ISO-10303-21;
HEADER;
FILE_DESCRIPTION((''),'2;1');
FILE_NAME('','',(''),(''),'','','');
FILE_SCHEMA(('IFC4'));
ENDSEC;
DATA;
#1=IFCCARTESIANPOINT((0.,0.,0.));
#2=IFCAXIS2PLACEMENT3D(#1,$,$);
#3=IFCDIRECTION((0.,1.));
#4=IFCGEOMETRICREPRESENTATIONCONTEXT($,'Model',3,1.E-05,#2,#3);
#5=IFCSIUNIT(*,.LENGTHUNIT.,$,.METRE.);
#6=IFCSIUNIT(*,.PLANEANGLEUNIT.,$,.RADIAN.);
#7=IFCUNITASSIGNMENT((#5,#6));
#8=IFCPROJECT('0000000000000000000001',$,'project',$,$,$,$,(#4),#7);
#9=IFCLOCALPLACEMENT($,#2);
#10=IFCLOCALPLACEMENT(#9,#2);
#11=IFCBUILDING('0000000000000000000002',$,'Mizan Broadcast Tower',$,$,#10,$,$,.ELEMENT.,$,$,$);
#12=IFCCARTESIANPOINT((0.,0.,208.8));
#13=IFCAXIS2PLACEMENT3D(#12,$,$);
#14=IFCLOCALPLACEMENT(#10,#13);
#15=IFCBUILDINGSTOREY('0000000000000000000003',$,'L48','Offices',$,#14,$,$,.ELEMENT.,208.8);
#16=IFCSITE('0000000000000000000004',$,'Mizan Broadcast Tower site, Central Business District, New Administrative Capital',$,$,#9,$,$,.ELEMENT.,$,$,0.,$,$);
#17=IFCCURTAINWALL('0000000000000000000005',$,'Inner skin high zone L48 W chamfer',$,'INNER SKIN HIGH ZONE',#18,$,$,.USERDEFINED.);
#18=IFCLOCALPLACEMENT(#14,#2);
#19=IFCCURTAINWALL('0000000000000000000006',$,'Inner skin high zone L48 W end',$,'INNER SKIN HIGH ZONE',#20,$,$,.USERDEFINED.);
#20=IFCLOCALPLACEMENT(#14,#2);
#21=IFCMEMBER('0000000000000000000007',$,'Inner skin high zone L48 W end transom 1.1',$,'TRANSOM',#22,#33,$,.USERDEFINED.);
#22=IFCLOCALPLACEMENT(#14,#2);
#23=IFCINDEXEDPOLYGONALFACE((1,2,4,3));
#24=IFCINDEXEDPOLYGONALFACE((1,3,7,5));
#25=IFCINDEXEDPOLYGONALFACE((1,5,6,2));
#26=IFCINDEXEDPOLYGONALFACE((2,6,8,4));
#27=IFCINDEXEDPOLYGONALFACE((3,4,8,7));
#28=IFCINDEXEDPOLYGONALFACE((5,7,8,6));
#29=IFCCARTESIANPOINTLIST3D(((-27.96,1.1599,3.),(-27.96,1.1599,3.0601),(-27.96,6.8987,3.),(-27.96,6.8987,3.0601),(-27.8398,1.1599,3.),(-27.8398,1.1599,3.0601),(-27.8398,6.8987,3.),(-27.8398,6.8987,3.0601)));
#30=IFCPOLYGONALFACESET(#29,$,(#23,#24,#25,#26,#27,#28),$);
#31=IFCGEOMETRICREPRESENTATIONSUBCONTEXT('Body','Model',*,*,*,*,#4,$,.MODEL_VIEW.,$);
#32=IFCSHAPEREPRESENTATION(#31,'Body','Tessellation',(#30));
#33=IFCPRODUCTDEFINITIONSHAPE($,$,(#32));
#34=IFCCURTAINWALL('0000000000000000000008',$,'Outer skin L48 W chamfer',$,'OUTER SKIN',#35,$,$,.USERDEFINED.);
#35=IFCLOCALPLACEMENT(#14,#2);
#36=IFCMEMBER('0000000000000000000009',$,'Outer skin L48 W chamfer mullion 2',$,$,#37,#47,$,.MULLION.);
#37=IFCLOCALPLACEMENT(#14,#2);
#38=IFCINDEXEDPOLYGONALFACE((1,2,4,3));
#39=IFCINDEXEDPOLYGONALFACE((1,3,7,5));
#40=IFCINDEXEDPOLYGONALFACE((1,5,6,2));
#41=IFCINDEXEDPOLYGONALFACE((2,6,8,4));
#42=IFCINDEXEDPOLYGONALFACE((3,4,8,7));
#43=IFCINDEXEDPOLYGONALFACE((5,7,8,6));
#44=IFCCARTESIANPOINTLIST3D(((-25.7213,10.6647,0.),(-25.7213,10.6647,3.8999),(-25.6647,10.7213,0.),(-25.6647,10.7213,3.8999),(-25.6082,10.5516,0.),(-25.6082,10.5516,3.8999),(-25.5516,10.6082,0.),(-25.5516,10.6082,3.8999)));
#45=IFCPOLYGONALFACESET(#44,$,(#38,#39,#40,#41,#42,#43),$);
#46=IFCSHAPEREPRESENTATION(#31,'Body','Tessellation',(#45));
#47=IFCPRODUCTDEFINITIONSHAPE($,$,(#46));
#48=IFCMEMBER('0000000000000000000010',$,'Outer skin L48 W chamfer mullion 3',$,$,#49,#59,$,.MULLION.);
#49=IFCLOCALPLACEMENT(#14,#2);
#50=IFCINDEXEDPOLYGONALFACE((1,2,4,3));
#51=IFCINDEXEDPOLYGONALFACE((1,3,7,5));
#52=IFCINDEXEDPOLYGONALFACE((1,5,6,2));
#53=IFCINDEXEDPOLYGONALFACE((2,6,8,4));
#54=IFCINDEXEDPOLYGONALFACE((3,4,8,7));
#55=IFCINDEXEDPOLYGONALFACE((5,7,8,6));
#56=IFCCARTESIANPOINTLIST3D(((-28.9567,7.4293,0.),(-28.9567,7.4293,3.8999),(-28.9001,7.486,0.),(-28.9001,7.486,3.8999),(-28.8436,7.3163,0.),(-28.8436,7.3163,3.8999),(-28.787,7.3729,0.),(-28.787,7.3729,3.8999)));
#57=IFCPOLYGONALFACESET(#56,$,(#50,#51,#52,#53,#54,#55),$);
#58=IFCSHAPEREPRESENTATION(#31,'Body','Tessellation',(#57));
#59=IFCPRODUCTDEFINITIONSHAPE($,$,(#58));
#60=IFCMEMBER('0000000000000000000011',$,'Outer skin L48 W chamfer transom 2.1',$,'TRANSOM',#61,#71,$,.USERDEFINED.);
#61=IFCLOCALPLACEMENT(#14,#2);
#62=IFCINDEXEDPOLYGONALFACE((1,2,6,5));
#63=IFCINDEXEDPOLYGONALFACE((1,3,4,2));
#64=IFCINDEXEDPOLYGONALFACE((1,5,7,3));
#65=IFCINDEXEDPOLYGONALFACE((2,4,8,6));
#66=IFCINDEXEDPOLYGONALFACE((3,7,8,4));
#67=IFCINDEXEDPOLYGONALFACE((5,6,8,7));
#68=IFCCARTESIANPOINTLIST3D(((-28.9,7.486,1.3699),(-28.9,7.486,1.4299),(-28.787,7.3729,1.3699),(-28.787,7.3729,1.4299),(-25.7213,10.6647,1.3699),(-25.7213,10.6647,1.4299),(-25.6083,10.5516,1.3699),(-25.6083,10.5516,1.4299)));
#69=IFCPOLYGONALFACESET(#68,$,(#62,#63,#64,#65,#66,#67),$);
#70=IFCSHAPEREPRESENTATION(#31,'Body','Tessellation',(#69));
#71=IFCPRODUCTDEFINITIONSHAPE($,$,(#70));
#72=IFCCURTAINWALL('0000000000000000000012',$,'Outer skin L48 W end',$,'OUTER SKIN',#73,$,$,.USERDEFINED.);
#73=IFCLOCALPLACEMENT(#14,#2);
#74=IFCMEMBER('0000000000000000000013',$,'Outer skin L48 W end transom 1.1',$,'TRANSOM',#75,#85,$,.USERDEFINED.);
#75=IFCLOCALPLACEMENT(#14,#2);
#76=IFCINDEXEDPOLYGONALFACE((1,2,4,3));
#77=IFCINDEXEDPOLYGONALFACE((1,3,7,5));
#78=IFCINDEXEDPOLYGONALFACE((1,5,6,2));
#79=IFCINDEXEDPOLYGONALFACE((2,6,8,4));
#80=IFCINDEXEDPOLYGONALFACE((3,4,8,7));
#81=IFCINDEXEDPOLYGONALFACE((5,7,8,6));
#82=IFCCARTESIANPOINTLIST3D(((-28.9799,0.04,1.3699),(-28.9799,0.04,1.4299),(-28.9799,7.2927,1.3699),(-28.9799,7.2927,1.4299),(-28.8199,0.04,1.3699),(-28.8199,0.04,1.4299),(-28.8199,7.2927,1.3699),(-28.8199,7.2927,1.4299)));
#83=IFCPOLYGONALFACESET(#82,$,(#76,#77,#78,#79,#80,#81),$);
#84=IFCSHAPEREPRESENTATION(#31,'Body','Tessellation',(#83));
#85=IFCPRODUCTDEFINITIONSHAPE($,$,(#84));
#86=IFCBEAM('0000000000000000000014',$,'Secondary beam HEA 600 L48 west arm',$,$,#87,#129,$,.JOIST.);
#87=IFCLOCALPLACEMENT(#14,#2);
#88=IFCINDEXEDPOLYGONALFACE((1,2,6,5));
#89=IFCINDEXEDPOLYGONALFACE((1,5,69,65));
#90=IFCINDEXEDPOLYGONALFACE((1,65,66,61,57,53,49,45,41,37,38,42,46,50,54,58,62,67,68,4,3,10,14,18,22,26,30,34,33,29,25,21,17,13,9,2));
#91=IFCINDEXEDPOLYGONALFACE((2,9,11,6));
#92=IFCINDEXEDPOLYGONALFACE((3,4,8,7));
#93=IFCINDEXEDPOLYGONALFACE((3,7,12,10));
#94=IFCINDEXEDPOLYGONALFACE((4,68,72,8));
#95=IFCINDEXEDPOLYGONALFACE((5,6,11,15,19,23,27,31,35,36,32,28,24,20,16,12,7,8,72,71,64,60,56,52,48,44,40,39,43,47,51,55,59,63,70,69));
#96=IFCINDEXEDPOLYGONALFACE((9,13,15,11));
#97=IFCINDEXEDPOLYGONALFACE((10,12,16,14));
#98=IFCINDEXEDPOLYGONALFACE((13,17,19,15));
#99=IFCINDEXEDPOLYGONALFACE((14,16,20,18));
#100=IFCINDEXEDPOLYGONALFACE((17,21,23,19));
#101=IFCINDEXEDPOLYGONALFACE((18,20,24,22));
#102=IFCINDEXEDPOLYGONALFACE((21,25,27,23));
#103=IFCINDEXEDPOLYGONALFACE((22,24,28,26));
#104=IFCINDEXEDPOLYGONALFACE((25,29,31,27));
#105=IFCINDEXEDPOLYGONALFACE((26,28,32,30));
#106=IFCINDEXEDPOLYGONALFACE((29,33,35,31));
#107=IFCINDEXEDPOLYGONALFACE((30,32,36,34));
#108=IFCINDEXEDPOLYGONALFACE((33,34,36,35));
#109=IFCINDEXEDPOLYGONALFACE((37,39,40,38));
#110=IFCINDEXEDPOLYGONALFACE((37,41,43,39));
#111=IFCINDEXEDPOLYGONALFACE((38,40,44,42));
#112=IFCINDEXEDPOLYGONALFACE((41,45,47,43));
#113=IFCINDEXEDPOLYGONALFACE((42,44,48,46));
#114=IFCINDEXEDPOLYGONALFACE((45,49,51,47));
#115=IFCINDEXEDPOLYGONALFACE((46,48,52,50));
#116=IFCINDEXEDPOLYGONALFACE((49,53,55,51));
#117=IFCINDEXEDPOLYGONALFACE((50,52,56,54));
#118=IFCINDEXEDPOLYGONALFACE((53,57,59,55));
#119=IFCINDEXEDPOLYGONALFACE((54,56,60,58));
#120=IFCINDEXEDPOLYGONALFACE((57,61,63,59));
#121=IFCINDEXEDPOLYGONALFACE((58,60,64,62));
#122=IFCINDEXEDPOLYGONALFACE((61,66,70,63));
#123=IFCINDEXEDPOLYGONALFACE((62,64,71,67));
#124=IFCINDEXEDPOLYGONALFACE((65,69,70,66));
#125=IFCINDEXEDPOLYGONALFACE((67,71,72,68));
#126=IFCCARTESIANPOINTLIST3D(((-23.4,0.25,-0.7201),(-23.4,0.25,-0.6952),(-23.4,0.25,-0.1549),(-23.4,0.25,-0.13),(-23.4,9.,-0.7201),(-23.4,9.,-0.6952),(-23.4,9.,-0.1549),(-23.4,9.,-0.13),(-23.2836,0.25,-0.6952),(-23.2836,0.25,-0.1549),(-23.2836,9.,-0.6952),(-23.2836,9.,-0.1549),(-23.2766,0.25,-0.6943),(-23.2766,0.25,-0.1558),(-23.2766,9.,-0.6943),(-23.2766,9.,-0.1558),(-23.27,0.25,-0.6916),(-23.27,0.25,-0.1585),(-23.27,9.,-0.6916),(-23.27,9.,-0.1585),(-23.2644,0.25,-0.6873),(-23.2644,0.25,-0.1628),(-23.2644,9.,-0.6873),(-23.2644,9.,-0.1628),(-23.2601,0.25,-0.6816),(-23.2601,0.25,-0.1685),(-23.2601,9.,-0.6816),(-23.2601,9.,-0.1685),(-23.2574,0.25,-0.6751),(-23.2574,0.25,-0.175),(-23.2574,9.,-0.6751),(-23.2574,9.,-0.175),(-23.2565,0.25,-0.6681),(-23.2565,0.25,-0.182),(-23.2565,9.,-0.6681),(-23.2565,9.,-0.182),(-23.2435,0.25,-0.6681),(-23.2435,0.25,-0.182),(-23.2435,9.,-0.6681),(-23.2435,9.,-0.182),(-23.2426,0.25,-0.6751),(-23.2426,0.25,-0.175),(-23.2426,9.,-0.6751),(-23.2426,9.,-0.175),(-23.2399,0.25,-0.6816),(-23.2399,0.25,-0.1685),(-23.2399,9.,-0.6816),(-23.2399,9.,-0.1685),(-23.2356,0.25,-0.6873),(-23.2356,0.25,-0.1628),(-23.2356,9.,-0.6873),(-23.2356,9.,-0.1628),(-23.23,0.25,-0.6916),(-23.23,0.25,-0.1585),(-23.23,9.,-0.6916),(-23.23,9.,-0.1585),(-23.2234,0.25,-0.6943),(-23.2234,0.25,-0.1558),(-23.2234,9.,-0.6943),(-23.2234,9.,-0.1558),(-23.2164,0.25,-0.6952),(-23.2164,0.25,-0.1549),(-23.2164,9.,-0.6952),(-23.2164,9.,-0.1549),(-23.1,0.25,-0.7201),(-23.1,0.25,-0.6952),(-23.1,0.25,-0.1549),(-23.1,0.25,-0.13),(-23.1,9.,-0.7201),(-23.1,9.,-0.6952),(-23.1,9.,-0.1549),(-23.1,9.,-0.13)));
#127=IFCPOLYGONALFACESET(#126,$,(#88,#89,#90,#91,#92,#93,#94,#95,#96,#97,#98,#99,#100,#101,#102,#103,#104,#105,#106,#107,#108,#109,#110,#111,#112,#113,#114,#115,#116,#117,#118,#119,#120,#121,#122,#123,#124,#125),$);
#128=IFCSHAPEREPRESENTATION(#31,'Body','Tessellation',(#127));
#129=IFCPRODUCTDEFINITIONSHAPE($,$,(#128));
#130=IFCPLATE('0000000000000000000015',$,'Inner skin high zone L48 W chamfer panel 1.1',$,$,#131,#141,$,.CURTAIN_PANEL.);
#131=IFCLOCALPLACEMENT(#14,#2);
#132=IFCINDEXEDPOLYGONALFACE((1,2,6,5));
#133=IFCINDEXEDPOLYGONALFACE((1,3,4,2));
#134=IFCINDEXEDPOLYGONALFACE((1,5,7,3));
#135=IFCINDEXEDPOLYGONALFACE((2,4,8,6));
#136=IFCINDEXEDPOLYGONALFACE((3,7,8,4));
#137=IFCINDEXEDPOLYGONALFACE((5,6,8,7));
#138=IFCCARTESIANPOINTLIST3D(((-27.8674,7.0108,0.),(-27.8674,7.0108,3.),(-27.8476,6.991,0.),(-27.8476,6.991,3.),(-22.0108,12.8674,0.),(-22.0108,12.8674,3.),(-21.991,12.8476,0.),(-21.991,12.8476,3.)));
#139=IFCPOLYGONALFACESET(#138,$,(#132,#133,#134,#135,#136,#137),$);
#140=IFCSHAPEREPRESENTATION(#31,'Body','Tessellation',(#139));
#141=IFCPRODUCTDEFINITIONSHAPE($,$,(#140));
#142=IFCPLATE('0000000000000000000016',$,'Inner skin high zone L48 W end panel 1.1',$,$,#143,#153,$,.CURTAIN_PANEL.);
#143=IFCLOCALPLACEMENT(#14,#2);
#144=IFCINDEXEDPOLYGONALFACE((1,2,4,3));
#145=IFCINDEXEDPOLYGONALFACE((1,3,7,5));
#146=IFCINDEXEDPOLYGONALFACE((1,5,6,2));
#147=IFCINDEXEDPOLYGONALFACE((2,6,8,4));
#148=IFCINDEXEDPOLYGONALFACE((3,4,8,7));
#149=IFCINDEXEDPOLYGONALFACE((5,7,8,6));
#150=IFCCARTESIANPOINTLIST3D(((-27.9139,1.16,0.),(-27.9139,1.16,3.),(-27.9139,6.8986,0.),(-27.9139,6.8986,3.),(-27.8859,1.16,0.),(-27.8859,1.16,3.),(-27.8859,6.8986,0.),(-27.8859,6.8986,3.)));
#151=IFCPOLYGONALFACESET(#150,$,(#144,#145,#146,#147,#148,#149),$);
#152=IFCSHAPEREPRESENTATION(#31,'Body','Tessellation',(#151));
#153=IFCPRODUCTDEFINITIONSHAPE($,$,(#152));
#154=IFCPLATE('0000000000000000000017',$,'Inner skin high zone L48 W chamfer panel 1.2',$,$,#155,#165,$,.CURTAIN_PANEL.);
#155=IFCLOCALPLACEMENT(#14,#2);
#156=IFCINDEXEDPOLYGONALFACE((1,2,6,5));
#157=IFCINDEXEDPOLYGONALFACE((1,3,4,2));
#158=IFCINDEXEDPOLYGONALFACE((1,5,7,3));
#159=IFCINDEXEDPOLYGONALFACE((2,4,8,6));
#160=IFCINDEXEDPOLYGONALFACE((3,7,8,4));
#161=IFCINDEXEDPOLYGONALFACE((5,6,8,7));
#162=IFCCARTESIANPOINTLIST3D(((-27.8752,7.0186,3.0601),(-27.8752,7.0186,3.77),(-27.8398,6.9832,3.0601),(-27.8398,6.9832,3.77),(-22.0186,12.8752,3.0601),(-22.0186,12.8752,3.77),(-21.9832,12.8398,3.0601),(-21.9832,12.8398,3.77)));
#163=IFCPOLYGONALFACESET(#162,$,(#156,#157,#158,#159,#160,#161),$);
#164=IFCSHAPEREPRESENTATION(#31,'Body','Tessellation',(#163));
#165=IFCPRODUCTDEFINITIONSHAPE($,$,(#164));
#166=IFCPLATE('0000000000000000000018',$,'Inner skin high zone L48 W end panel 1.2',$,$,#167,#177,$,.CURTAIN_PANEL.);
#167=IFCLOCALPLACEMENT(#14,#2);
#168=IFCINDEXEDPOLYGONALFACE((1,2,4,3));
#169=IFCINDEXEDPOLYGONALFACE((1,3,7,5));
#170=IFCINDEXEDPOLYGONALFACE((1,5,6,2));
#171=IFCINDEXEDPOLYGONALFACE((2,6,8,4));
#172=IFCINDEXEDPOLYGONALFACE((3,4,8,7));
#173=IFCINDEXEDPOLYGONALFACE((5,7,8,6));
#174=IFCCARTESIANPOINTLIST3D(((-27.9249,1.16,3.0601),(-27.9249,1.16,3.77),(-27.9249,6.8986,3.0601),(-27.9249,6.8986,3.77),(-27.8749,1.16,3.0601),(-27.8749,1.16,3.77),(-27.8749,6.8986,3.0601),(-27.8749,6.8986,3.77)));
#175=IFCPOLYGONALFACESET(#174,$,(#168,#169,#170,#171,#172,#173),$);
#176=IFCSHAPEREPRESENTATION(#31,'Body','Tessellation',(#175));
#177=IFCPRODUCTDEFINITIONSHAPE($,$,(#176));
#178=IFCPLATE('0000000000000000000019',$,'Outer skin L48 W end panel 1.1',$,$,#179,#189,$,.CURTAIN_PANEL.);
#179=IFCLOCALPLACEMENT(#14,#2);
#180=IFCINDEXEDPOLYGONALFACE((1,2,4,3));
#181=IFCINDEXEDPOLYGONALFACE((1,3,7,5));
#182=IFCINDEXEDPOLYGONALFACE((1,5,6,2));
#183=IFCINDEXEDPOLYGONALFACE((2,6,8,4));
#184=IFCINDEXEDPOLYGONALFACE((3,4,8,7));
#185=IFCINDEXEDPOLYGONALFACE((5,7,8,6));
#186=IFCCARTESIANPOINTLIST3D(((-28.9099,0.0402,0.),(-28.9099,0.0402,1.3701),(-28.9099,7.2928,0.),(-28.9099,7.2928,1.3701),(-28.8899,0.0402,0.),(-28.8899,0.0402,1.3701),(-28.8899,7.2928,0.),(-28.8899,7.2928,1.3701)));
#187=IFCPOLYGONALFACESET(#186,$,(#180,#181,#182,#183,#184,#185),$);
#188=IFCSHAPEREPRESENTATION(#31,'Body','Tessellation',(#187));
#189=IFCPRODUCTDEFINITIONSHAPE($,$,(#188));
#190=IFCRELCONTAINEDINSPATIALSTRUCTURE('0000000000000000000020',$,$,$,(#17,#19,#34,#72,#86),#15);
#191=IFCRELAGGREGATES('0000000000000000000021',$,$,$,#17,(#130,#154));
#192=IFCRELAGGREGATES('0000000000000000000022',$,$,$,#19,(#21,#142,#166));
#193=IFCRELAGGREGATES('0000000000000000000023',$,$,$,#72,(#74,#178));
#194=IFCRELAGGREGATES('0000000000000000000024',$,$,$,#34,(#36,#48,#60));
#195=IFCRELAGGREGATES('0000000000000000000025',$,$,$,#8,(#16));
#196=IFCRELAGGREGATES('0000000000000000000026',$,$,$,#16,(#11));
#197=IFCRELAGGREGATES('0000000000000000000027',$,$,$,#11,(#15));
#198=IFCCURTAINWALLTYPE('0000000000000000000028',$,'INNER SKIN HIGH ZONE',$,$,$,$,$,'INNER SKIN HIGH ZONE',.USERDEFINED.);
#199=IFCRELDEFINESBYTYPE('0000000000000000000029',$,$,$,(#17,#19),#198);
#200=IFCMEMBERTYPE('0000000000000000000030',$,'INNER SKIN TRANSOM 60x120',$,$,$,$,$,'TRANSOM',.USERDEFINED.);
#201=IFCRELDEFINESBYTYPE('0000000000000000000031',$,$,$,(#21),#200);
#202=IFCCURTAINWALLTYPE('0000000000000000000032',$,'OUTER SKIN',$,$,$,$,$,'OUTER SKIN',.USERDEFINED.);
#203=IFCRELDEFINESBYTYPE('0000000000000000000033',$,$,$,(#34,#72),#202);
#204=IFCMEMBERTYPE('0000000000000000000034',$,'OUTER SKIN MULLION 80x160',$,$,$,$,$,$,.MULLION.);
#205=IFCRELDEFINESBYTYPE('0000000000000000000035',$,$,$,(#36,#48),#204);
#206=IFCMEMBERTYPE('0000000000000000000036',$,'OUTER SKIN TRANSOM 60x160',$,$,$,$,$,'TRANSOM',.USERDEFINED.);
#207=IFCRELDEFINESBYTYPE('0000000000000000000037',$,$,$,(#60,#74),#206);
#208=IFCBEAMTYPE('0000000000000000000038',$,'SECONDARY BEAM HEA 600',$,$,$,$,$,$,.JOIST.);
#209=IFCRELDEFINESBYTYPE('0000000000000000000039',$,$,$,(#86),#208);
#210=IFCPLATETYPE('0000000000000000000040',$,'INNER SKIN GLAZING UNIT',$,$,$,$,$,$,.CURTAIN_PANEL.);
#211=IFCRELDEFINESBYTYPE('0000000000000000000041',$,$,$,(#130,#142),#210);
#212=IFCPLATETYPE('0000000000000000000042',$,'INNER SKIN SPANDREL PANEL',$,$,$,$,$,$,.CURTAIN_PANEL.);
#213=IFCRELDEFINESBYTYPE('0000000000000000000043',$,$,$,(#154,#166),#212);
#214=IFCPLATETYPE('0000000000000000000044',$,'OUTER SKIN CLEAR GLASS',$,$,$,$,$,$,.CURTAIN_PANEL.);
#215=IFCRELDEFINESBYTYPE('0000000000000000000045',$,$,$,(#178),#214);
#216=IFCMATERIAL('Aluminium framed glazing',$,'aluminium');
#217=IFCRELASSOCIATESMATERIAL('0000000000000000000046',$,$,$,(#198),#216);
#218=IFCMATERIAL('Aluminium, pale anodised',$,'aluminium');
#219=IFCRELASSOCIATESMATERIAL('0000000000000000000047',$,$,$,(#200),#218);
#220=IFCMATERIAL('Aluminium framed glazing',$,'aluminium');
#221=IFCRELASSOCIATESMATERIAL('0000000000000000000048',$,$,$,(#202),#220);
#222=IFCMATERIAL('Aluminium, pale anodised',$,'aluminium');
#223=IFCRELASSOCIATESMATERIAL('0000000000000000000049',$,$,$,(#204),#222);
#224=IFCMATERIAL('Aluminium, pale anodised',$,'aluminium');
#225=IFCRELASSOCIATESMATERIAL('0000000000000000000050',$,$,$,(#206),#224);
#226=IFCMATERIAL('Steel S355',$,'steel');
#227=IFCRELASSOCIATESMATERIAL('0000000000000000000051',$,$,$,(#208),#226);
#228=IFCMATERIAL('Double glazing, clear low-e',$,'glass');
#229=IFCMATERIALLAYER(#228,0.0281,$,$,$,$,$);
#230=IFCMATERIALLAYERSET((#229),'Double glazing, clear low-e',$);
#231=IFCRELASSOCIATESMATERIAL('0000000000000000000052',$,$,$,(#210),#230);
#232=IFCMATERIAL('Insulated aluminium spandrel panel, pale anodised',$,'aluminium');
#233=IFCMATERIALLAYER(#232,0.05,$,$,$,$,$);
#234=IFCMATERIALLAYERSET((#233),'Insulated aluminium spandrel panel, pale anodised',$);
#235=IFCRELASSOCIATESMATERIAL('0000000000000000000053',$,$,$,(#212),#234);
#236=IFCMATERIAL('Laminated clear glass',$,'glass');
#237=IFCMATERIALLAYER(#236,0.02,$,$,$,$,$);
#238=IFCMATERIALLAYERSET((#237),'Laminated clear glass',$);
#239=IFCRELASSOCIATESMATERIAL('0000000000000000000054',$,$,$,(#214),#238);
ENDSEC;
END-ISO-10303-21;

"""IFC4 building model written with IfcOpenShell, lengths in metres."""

from ifc_helpers import new_model, si_unit, direction, frame, origin, origin_2d, place, context, subcontext, project, spatial, rectangle, i_section, extrude, material, layer, layer_set, material_profile, profile_set, type_object, element, aggregate, save


model = new_model("IFC4")

# Units and contexts
model_context = context("Model", 3, precision=1e-05, world=origin(), true_north=direction((0.0, 1.0)))
body_context = subcontext(model_context, "Body", "Model", "MODEL_VIEW")
ifc_project = project(units=[si_unit("LENGTHUNIT", "METRE"), si_unit("PLANEANGLEUNIT", "RADIAN")], contexts=[model_context])

# Site, building, storey
site_placement = place(None, origin())
site = spatial("IfcSite", under=ifc_project, at=site_placement, Name="Mizan Broadcast Tower site, Central Business District, New Administrative Capital", CompositionType="ELEMENT", RefElevation=0.0)
building_placement = place(site_placement, origin())
building = spatial("IfcBuilding", under=site, at=building_placement, Name="Mizan Broadcast Tower", CompositionType="ELEMENT")
storey_placement = place(building_placement, frame((0.0, 0.0, 208.8)))
storey = spatial("IfcBuildingStorey", under=building, at=storey_placement, Name="L48", Description="Offices", CompositionType="ELEMENT", Elevation=208.8)

# Curtain wall
ifc_material_1 = material(Name="Aluminium framed glazing", Category="aluminium")
curtain_wall_type_1 = type_object("IfcCurtainWallType", Name="INNER SKIN HIGH ZONE", ElementType="INNER SKIN HIGH ZONE", PredefinedType="USERDEFINED", material=ifc_material_1)
curtain_wall_1_placement = place(storey_placement, origin())
curtain_wall_1 = element("IfcCurtainWall", 1, at=curtain_wall_1_placement, inside=storey, type_object=curtain_wall_type_1, Name="Inner skin high zone L48 W chamfer", ObjectType="INNER SKIN HIGH ZONE", PredefinedType="USERDEFINED")

# Curtain walls, members
curtain_wall_2_placement = place(storey_placement, origin())
curtain_wall_2 = element("IfcCurtainWall", 2, at=curtain_wall_2_placement, inside=storey, type_object=curtain_wall_type_1, Name="Inner skin high zone L48 W end", ObjectType="INNER SKIN HIGH ZONE", PredefinedType="USERDEFINED")
ifc_material_2 = material(Name="Aluminium, pale anodised", Category="aluminium")
ifc_material_profile_1 = material_profile(ifc_material_2, rectangle(XDim=0.1201, YDim=0.0601, at=origin_2d()), Name="TRANSOM 120x60")
ifc_profile_set_1 = profile_set([ifc_material_profile_1], Name="Aluminium, pale anodised")
member_type_1 = type_object("IfcMemberType", Name="INNER SKIN TRANSOM 60x120", ElementType="TRANSOM", PredefinedType="USERDEFINED", material=ifc_profile_set_1)
member_1_placement = place(storey_placement, frame((-27.8999, 6.8987, 3.03), z_axis=(0.0, -1.0, 0.0), x_axis=(1.0, 0.0, 0.0)))
member_1 = element("IfcMember", 3, at=member_1_placement, type_object=member_type_1, Name="Inner skin high zone L48 W end transom 1.1", ObjectType="TRANSOM", PredefinedType="USERDEFINED", context=body_context, shape_type="SweptSolid", body=[
    extrude(rectangle(XDim=0.1201, YDim=0.0601, at=origin_2d()), origin(), (0.0, 0.0, 1.0), 5.7388),
])
ifc_material_3 = material(Name="Aluminium framed glazing", Category="aluminium")
curtain_wall_type_2 = type_object("IfcCurtainWallType", Name="OUTER SKIN", ElementType="OUTER SKIN", PredefinedType="USERDEFINED", material=ifc_material_3)
curtain_wall_3_placement = place(storey_placement, origin())
curtain_wall_3 = element("IfcCurtainWall", 4, at=curtain_wall_3_placement, inside=storey, type_object=curtain_wall_type_2, Name="Outer skin L48 W chamfer", ObjectType="OUTER SKIN", PredefinedType="USERDEFINED")
ifc_material_4 = material(Name="Aluminium, pale anodised", Category="aluminium")
ifc_material_profile_2 = material_profile(ifc_material_4, rectangle(XDim=0.1599, YDim=0.0801, at=origin_2d()), Name="MULLION 160x80")
ifc_profile_set_2 = profile_set([ifc_material_profile_2], Name="Aluminium, pale anodised")
member_type_2 = type_object("IfcMemberType", Name="OUTER SKIN MULLION 80x160", PredefinedType="MULLION", material=ifc_profile_set_2)
member_2_placement = place(storey_placement, frame((-25.6365, 10.6365, 0.0), z_axis=(0.0, 0.0, 1.0), x_axis=(0.707107, -0.707107, 0.0)))
member_2 = element("IfcMember", 5, at=member_2_placement, type_object=member_type_2, Name="Outer skin L48 W chamfer mullion 2", PredefinedType="MULLION", context=body_context, shape_type="SweptSolid", body=[
    extrude(rectangle(XDim=0.1599, YDim=0.0801, at=origin_2d()), origin(), (0.0, 0.0, 1.0), 3.8999),
])
member_3_placement = place(storey_placement, frame((-28.8718, 7.4011, 0.0), z_axis=(0.0, 0.0, 1.0), x_axis=(0.707107, -0.707107, 0.0)))
member_3 = element("IfcMember", 6, at=member_3_placement, type_object=member_type_2, Name="Outer skin L48 W chamfer mullion 3", PredefinedType="MULLION", context=body_context, shape_type="SweptSolid", body=[
    extrude(rectangle(XDim=0.1599, YDim=0.0801, at=origin_2d()), origin(), (0.0, 0.0, 1.0), 3.8999),
])
ifc_material_5 = material(Name="Aluminium, pale anodised", Category="aluminium")
ifc_material_profile_3 = material_profile(ifc_material_5, rectangle(XDim=0.1599, YDim=0.0601, at=origin_2d()), Name="TRANSOM 160x60")
ifc_profile_set_3 = profile_set([ifc_material_profile_3], Name="Aluminium, pale anodised")
member_type_3 = type_object("IfcMemberType", Name="OUTER SKIN TRANSOM 60x160", ElementType="TRANSOM", PredefinedType="USERDEFINED", material=ifc_profile_set_3)
member_4_placement = place(storey_placement, frame((-25.6648, 10.6082, 1.3999), z_axis=(-0.707107, -0.707107, 0.0), x_axis=(0.707107, -0.707107, 0.0)))
member_4 = element("IfcMember", 7, at=member_4_placement, type_object=member_type_3, Name="Outer skin L48 W chamfer transom 2.1", ObjectType="TRANSOM", PredefinedType="USERDEFINED", context=body_context, shape_type="SweptSolid", body=[
    extrude(rectangle(XDim=0.1599, YDim=0.0601, at=origin_2d()), origin(), (0.0, 0.0, 1.0), 4.4954),
])

# Curtain wall, member
curtain_wall_4_placement = place(storey_placement, origin())
curtain_wall_4 = element("IfcCurtainWall", 8, at=curtain_wall_4_placement, inside=storey, type_object=curtain_wall_type_2, Name="Outer skin L48 W end", ObjectType="OUTER SKIN", PredefinedType="USERDEFINED")
member_5_placement = place(storey_placement, frame((-28.8999, 7.2927, 1.3999), z_axis=(0.0, -1.0, 0.0), x_axis=(1.0, 0.0, 0.0)))
member_5 = element("IfcMember", 9, at=member_5_placement, type_object=member_type_3, Name="Outer skin L48 W end transom 1.1", ObjectType="TRANSOM", PredefinedType="USERDEFINED", context=body_context, shape_type="SweptSolid", body=[
    extrude(rectangle(XDim=0.1599, YDim=0.0601, at=origin_2d()), origin(), (0.0, 0.0, 1.0), 7.2527),
])

# Beam
ifc_material_6 = material(Name="Steel S355", Category="steel")
ifc_material_profile_4 = material_profile(ifc_material_6, i_section(OverallWidth=0.3, OverallDepth=0.5901, WebThickness=0.0129, FlangeThickness=0.0249, FilletRadius=0.0271, at=origin_2d()), Name="HEA 600")
ifc_profile_set_4 = profile_set([ifc_material_profile_4], Name="Steel S355")
beam_type_1 = type_object("IfcBeamType", Name="SECONDARY BEAM HEA 600", PredefinedType="JOIST", material=ifc_profile_set_4)
beam_1_placement = place(storey_placement, frame((-23.25, 9.0, -0.425), z_axis=(0.0, -1.0, 0.0), x_axis=(1.0, 0.0, 0.0)))
element("IfcBeam", 10, at=beam_1_placement, inside=storey, type_object=beam_type_1, Name="Secondary beam HEA 600 L48 west arm", PredefinedType="JOIST", context=body_context, shape_type="SweptSolid", body=[
    extrude(i_section(OverallWidth=0.3, OverallDepth=0.5901, WebThickness=0.0129, FlangeThickness=0.0249, FilletRadius=0.0271, at=origin_2d()), origin(), (0.0, 0.0, 1.0), 8.75),
])

# Plates
ifc_material_7 = material(Name="Double glazing, clear low-e", Category="glass")
ifc_layer_1 = layer(ifc_material_7, 0.0281)
ifc_layer_set_1 = layer_set([ifc_layer_1], Name="Double glazing, clear low-e")
plate_type_1 = type_object("IfcPlateType", Name="INNER SKIN GLAZING UNIT", PredefinedType="CURTAIN_PANEL", material=ifc_layer_set_1)
plate_1_placement = place(storey_placement, frame((-24.9292, 9.9292, 0.0), z_axis=(0.0, 0.0, 1.0), x_axis=(-0.707107, -0.707107, 0.0)))
plate_1 = element("IfcPlate", 11, at=plate_1_placement, type_object=plate_type_1, Name="Inner skin high zone L48 W chamfer panel 1.1", PredefinedType="CURTAIN_PANEL", context=body_context, shape_type="SweptSolid", body=[
    extrude(rectangle(XDim=8.2825, YDim=0.0281, at=origin_2d()), origin(), (0.0, 0.0, 1.0), 3.0),
])
plate_2_placement = place(storey_placement, frame((-27.8999, 4.0293, 0.0), z_axis=(0.0, 0.0, 1.0), x_axis=(0.0, -1.0, 0.0)))
plate_2 = element("IfcPlate", 12, at=plate_2_placement, type_object=plate_type_1, Name="Inner skin high zone L48 W end panel 1.1", PredefinedType="CURTAIN_PANEL", context=body_context, shape_type="SweptSolid", body=[
    extrude(rectangle(XDim=5.7385, YDim=0.0281, at=origin_2d()), origin(), (0.0, 0.0, 1.0), 3.0),
])
ifc_material_8 = material(Name="Insulated aluminium spandrel panel, pale anodised", Category="aluminium")
ifc_layer_2 = layer(ifc_material_8, 0.05)
ifc_layer_set_2 = layer_set([ifc_layer_2], Name="Insulated aluminium spandrel panel, pale anodised")
plate_type_2 = type_object("IfcPlateType", Name="INNER SKIN SPANDREL PANEL", PredefinedType="CURTAIN_PANEL", material=ifc_layer_set_2)
plate_3_placement = place(storey_placement, frame((-24.9292, 9.9292, 3.0601), z_axis=(0.0, 0.0, 1.0), x_axis=(-0.707107, -0.707107, 0.0)))
plate_3 = element("IfcPlate", 13, at=plate_3_placement, type_object=plate_type_2, Name="Inner skin high zone L48 W chamfer panel 1.2", PredefinedType="CURTAIN_PANEL", context=body_context, shape_type="SweptSolid", body=[
    extrude(rectangle(XDim=8.2825, YDim=0.05, at=origin_2d()), origin(), (0.0, 0.0, 1.0), 0.71),
])
aggregate(curtain_wall_1, [plate_1, plate_3])
plate_4_placement = place(storey_placement, frame((-27.8999, 4.0293, 3.0601), z_axis=(0.0, 0.0, 1.0), x_axis=(0.0, -1.0, 0.0)))
plate_4 = element("IfcPlate", 14, at=plate_4_placement, type_object=plate_type_2, Name="Inner skin high zone L48 W end panel 1.2", PredefinedType="CURTAIN_PANEL", context=body_context, shape_type="SweptSolid", body=[
    extrude(rectangle(XDim=5.7385, YDim=0.05, at=origin_2d()), origin(), (0.0, 0.0, 1.0), 0.71),
])
aggregate(curtain_wall_2, [member_1, plate_2, plate_4])
ifc_material_9 = material(Name="Laminated clear glass", Category="glass")
ifc_layer_3 = layer(ifc_material_9, 0.02)
ifc_layer_set_3 = layer_set([ifc_layer_3], Name="Laminated clear glass")
plate_type_3 = type_object("IfcPlateType", Name="OUTER SKIN CLEAR GLASS", PredefinedType="CURTAIN_PANEL", material=ifc_layer_set_3)
plate_5_placement = place(storey_placement, frame((-28.8999, 3.6665, 0.0), z_axis=(0.0, 0.0, 1.0), x_axis=(0.0, -1.0, 0.0)))
plate_5 = element("IfcPlate", 15, at=plate_5_placement, type_object=plate_type_3, Name="Outer skin L48 W end panel 1.1", PredefinedType="CURTAIN_PANEL", context=body_context, shape_type="SweptSolid", body=[
    extrude(rectangle(XDim=7.2527, YDim=0.02, at=origin_2d()), origin(), (0.0, 0.0, 1.0), 1.3701),
])
aggregate(curtain_wall_4, [member_5, plate_5])
aggregate(curtain_wall_3, [member_2, member_3, member_4])

save(model, "model.ifc")
